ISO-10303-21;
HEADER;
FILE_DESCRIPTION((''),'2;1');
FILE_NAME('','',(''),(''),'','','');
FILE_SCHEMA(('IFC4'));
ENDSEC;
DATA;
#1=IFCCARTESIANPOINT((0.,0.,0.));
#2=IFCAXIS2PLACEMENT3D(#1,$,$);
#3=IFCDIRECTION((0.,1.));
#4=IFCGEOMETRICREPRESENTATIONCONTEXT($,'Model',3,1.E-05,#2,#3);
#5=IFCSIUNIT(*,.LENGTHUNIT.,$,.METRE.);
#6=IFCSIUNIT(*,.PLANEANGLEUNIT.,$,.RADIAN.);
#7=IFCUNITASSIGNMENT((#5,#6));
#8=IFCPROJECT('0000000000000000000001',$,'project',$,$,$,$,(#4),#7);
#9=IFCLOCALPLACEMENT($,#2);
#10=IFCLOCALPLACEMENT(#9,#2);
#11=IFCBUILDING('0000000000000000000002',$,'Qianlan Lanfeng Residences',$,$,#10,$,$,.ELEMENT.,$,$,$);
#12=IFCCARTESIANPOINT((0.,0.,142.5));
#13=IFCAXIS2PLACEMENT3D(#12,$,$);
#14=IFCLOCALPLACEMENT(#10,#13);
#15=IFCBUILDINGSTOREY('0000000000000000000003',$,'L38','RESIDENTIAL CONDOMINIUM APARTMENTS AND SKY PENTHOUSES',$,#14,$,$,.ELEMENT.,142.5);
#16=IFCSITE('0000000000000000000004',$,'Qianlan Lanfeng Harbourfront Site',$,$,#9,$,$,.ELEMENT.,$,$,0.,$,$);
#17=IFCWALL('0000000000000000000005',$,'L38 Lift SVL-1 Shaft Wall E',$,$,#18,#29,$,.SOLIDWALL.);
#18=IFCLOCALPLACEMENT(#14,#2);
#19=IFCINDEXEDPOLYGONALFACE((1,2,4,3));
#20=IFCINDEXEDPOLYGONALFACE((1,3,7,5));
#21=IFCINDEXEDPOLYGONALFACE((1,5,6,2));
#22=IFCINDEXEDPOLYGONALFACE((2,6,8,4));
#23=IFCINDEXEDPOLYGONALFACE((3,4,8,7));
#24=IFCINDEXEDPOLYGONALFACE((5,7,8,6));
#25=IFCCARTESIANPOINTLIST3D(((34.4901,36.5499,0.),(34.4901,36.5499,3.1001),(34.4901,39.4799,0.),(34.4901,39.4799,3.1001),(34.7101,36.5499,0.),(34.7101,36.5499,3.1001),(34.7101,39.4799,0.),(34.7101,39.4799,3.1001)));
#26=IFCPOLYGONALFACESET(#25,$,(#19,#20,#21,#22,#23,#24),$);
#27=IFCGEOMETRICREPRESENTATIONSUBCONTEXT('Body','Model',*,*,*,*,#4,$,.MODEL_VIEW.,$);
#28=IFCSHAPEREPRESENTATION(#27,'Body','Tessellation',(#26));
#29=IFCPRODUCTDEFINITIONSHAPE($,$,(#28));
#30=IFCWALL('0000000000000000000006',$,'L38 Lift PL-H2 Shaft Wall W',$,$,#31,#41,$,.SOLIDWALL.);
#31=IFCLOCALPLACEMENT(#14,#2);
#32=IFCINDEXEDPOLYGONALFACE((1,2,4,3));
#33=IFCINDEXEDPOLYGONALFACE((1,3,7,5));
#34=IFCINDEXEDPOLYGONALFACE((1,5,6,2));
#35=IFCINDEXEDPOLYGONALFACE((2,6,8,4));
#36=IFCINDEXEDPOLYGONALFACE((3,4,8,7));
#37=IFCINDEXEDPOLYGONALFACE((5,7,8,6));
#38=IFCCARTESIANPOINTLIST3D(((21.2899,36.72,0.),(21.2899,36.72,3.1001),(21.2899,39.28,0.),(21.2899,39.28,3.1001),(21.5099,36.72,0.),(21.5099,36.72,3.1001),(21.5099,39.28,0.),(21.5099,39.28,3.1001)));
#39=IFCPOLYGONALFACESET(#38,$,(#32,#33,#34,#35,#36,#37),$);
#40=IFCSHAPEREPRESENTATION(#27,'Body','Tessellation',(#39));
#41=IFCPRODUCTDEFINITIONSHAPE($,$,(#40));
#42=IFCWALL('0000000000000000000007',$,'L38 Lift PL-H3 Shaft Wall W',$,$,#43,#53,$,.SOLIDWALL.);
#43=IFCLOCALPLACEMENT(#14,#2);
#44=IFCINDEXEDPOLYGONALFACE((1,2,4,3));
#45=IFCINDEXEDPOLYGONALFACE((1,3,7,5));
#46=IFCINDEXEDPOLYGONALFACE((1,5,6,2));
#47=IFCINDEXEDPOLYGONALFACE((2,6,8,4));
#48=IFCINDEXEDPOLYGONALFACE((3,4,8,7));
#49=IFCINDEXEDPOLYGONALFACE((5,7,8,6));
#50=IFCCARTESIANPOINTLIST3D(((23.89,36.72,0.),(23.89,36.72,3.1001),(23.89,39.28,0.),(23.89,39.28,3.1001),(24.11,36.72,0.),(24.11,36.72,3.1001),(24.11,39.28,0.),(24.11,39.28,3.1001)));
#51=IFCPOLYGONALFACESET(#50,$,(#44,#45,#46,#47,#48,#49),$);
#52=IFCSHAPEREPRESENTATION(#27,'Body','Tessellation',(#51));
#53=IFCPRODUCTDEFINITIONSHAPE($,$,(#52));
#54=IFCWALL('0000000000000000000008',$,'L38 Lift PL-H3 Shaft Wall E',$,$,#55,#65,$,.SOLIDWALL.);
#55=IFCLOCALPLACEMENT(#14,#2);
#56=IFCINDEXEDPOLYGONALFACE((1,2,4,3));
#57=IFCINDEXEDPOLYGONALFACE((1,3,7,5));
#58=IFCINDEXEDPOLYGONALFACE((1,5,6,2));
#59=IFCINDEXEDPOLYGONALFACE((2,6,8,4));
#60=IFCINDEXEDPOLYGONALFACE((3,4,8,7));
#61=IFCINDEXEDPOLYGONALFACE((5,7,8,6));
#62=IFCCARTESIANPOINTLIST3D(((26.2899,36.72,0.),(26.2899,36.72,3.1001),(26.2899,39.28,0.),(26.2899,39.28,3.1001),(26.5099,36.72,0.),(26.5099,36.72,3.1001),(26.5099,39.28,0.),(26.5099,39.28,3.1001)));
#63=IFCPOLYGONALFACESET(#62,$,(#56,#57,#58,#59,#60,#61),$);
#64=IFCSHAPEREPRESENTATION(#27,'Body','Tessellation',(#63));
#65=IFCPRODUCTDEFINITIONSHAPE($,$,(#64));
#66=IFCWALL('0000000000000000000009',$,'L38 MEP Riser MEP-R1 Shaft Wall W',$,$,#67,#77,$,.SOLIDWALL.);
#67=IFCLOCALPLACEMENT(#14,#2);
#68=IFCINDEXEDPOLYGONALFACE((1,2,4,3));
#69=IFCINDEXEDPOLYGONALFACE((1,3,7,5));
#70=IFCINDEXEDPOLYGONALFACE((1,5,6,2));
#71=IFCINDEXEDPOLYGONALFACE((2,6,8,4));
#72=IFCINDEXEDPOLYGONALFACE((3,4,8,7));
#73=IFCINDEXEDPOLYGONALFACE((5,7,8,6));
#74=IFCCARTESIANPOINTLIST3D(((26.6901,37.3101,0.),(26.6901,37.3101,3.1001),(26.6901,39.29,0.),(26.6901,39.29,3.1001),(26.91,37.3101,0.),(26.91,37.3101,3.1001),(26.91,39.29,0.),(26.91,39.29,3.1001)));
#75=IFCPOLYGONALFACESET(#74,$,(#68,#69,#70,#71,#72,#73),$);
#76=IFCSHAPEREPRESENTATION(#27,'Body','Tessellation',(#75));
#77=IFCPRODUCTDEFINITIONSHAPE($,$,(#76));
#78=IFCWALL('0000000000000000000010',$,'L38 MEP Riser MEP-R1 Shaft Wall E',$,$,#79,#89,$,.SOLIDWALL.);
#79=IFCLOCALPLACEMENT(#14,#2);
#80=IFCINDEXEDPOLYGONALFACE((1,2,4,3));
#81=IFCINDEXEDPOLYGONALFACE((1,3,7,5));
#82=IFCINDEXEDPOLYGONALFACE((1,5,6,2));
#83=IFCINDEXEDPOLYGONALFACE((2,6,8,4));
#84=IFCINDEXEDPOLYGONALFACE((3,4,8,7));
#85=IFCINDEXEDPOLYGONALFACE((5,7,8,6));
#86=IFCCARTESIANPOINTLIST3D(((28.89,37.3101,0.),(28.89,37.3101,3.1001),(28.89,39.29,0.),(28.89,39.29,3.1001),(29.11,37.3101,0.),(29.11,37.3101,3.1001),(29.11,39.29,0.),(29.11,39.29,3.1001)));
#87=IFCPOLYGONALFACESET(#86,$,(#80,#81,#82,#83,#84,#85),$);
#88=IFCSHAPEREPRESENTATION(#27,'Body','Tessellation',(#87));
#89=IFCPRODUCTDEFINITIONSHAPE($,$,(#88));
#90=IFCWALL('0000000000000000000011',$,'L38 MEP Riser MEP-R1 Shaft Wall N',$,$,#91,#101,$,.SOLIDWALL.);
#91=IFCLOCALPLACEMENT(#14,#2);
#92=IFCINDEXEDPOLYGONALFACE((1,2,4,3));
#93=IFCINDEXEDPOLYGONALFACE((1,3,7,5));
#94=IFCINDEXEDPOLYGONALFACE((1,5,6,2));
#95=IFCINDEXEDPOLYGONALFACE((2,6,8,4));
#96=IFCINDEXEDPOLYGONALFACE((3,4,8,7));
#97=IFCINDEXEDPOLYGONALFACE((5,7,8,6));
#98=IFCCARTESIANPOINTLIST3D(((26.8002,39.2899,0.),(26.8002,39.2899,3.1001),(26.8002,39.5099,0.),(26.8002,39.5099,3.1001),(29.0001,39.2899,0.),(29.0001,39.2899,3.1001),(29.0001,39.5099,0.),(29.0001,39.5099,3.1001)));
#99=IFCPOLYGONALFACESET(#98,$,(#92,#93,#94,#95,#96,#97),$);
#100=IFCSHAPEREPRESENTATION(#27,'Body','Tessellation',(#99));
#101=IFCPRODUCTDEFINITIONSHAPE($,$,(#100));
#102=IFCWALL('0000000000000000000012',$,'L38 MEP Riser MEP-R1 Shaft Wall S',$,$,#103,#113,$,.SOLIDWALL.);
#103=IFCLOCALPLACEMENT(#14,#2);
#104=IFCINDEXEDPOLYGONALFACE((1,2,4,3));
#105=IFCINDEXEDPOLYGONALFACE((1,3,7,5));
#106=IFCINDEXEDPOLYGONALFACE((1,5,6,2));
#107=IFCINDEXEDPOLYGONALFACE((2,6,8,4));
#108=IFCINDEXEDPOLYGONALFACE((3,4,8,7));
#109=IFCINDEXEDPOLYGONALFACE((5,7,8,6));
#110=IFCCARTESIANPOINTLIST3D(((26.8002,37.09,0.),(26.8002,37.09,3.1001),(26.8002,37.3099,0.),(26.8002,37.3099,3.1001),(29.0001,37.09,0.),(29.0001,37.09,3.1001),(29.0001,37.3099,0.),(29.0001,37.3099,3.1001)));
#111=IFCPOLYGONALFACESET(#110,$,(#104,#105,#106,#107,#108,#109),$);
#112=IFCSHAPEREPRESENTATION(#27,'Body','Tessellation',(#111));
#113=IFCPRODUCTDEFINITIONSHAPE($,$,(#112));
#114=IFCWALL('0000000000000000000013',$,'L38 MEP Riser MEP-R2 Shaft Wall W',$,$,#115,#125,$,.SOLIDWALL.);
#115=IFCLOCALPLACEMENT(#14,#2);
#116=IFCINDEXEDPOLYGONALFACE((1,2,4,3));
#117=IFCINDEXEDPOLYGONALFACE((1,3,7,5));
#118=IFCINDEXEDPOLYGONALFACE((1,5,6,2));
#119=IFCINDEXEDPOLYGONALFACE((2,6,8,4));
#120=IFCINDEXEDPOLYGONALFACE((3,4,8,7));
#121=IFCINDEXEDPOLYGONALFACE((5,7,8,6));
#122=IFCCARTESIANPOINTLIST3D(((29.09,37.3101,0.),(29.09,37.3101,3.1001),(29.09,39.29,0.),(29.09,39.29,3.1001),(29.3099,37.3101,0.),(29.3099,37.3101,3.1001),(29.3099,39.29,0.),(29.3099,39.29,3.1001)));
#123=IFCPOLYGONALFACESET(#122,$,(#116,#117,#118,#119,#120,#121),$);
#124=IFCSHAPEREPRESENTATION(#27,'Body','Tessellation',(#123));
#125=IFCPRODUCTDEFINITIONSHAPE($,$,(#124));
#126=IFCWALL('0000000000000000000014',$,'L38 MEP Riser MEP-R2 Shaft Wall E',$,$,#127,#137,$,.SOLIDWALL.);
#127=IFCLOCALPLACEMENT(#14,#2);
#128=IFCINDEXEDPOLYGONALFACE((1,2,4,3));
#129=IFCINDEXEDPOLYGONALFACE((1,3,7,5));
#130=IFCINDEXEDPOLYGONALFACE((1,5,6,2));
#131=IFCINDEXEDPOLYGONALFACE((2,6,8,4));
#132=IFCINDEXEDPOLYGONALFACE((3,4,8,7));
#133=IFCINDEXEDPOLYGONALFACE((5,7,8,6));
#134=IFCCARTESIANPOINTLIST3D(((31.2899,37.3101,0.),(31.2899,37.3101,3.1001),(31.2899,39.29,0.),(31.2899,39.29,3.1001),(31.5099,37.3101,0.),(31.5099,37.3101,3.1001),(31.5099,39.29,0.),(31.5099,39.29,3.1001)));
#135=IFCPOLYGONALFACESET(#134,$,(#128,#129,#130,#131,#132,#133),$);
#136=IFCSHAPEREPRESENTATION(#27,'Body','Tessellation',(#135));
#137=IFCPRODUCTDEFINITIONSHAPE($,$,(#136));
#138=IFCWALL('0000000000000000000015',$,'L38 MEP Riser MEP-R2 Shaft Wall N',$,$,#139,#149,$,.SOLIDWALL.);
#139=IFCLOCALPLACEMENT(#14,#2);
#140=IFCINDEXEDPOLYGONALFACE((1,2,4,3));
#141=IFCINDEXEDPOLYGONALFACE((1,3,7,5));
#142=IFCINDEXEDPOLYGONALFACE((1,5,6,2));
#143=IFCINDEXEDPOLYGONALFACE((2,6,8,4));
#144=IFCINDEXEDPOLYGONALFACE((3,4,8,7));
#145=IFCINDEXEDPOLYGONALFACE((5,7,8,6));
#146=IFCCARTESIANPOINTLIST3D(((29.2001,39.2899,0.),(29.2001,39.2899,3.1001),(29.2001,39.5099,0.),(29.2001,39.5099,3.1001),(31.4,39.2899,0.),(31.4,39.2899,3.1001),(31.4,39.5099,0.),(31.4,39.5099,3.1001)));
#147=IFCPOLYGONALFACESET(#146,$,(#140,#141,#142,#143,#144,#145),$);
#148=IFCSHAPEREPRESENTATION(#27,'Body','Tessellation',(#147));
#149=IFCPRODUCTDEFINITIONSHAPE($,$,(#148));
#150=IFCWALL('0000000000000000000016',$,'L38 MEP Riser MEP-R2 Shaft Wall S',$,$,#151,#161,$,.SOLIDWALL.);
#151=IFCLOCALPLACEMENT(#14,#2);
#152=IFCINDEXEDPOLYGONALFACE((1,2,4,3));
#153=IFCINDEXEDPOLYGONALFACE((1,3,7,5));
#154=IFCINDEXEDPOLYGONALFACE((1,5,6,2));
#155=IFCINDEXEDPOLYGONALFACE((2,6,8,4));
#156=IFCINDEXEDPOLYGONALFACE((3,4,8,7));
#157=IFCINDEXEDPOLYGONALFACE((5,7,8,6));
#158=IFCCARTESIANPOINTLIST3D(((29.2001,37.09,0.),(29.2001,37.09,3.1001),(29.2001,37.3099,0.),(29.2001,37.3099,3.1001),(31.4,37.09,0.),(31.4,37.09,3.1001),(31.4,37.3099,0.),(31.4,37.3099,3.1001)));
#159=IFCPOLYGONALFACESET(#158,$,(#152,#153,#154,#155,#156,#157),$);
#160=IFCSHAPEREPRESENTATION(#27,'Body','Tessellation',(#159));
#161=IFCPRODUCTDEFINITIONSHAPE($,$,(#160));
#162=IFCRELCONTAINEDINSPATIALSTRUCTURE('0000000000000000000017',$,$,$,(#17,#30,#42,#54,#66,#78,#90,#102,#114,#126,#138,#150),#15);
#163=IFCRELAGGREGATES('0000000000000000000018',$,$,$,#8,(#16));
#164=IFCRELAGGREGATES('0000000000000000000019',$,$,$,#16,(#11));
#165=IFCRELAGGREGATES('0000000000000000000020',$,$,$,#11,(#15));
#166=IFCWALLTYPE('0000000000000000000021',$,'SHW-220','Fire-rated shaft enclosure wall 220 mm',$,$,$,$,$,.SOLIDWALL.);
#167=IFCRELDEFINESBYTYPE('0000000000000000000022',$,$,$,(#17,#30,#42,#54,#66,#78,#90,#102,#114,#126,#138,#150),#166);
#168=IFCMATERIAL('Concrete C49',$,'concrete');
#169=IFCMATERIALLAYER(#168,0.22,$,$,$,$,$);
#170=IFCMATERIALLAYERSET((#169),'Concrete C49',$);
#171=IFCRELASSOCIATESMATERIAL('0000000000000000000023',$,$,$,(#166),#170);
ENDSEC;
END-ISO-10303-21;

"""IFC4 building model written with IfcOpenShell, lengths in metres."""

from ifc_helpers import new_model, si_unit, direction, frame, frame_2d, origin, place, context, subcontext, project, spatial, rectangle, extrude, material, layer, layer_set, type_object, element, save


model = new_model("IFC4")

# Units and contexts
model_context = context("Model", 3, precision=1e-05, world=origin(), true_north=direction((0.0, 1.0)))
body_context = subcontext(model_context, "Body", "Model", "MODEL_VIEW")
ifc_project = project(units=[si_unit("LENGTHUNIT", "METRE"), si_unit("PLANEANGLEUNIT", "RADIAN")], contexts=[model_context])

# Site, building, storey
site_placement = place(None, origin())
site = spatial("IfcSite", under=ifc_project, at=site_placement, Name="Qianlan Lanfeng Harbourfront Site", CompositionType="ELEMENT", RefElevation=0.0)
building_placement = place(site_placement, origin())
building = spatial("IfcBuilding", under=site, at=building_placement, Name="Qianlan Lanfeng Residences", CompositionType="ELEMENT")
storey_placement = place(building_placement, frame((0.0, 0.0, 142.5)))
storey = spatial("IfcBuildingStorey", under=building, at=storey_placement, Name="L38", Description="RESIDENTIAL CONDOMINIUM APARTMENTS AND SKY PENTHOUSES", CompositionType="ELEMENT", Elevation=142.5)

# Walls
ifc_material_1 = material(Name="Concrete C49", Category="concrete")
ifc_layer_1 = layer(ifc_material_1, 0.22)
ifc_layer_set_1 = layer_set([ifc_layer_1], Name="Concrete C49")
wall_type_1 = type_object("IfcWallType", Name="SHW-220", Description="Fire-rated shaft enclosure wall 220 mm", PredefinedType="SOLIDWALL", material=ifc_layer_set_1)
for number, where, z_axis, x_axis, name in (
    (1, (34.6001, 36.55, 0.0), (0.0, 0.0, 1.0), (0.0, 1.0, 0.0), "L38 Lift SVL-1 Shaft Wall E"),
):
    element("IfcWall", number, at=place(storey_placement, frame(where, z_axis=z_axis, x_axis=x_axis)), inside=storey, type_object=wall_type_1, Name=name, PredefinedType="SOLIDWALL", context=body_context, shape_type="SweptSolid", body=[
        extrude(rectangle(XDim=2.9299, YDim=0.22, at=frame_2d((1.4648, 0.0))), origin(), (0.0, 0.0, 1.0), 3.1001),
    ])
for number, where, z_axis, x_axis, name in (
    (2, (21.3999, 36.72, 0.0), (0.0, 0.0, 1.0), (0.0, 1.0, 0.0), "L38 Lift PL-H2 Shaft Wall W"),
    (3, (24.0, 36.72, 0.0), (0.0, 0.0, 1.0), (0.0, 1.0, 0.0), "L38 Lift PL-H3 Shaft Wall W"),
    (4, (26.3999, 36.72, 0.0), (0.0, 0.0, 1.0), (0.0, 1.0, 0.0), "L38 Lift PL-H3 Shaft Wall E"),
):
    element("IfcWall", number, at=place(storey_placement, frame(where, z_axis=z_axis, x_axis=x_axis)), inside=storey, type_object=wall_type_1, Name=name, PredefinedType="SOLIDWALL", context=body_context, shape_type="SweptSolid", body=[
        extrude(rectangle(XDim=2.5601, YDim=0.22, at=frame_2d((1.28, 0.0))), origin(), (0.0, 0.0, 1.0), 3.1001),
    ])
for number, where, z_axis, x_axis, name in (
    (5, (26.8, 37.3101, 0.0), (0.0, 0.0, 1.0), (0.0, 1.0, 0.0), "L38 MEP Riser MEP-R1 Shaft Wall W"),
    (6, (29.0, 37.3101, 0.0), (0.0, 0.0, 1.0), (0.0, 1.0, 0.0), "L38 MEP Riser MEP-R1 Shaft Wall E"),
):
    element("IfcWall", number, at=place(storey_placement, frame(where, z_axis=z_axis, x_axis=x_axis)), inside=storey, type_object=wall_type_1, Name=name, PredefinedType="SOLIDWALL", context=body_context, shape_type="SweptSolid", body=[
        extrude(rectangle(XDim=1.98, YDim=0.22, at=frame_2d((0.99, 0.0))), origin(), (0.0, 0.0, 1.0), 3.1001),
    ])
for number, where, z_axis, x_axis, name in (
    (7, (26.8, 39.3999, 0.0), (0.0, 0.0, 1.0), (1.0, 0.0, 0.0), "L38 MEP Riser MEP-R1 Shaft Wall N"),
    (8, (26.8, 37.2, 0.0), (0.0, 0.0, 1.0), (1.0, 0.0, 0.0), "L38 MEP Riser MEP-R1 Shaft Wall S"),
):
    element("IfcWall", number, at=place(storey_placement, frame(where, z_axis=z_axis, x_axis=x_axis)), inside=storey, type_object=wall_type_1, Name=name, PredefinedType="SOLIDWALL", context=body_context, shape_type="SweptSolid", body=[
        extrude(rectangle(XDim=2.2, YDim=0.22, at=frame_2d((1.1001, 0.0))), origin(), (0.0, 0.0, 1.0), 3.1001),
    ])
for number, where, z_axis, x_axis, name in (
    (9, (29.2, 37.3101, 0.0), (0.0, 0.0, 1.0), (0.0, 1.0, 0.0), "L38 MEP Riser MEP-R2 Shaft Wall W"),
    (10, (31.3999, 37.3101, 0.0), (0.0, 0.0, 1.0), (0.0, 1.0, 0.0), "L38 MEP Riser MEP-R2 Shaft Wall E"),
):
    element("IfcWall", number, at=place(storey_placement, frame(where, z_axis=z_axis, x_axis=x_axis)), inside=storey, type_object=wall_type_1, Name=name, PredefinedType="SOLIDWALL", context=body_context, shape_type="SweptSolid", body=[
        extrude(rectangle(XDim=1.98, YDim=0.22, at=frame_2d((0.99, 0.0))), origin(), (0.0, 0.0, 1.0), 3.1001),
    ])
for number, where, z_axis, x_axis, name in (
    (11, (29.2, 39.3999, 0.0), (0.0, 0.0, 1.0), (1.0, 0.0, 0.0), "L38 MEP Riser MEP-R2 Shaft Wall N"),
    (12, (29.2, 37.2, 0.0), (0.0, 0.0, 1.0), (1.0, 0.0, 0.0), "L38 MEP Riser MEP-R2 Shaft Wall S"),
):
    element("IfcWall", number, at=place(storey_placement, frame(where, z_axis=z_axis, x_axis=x_axis)), inside=storey, type_object=wall_type_1, Name=name, PredefinedType="SOLIDWALL", context=body_context, shape_type="SweptSolid", body=[
        extrude(rectangle(XDim=2.2, YDim=0.22, at=frame_2d((1.1001, 0.0))), origin(), (0.0, 0.0, 1.0), 3.1001),
    ])

save(model, "model.ifc")
